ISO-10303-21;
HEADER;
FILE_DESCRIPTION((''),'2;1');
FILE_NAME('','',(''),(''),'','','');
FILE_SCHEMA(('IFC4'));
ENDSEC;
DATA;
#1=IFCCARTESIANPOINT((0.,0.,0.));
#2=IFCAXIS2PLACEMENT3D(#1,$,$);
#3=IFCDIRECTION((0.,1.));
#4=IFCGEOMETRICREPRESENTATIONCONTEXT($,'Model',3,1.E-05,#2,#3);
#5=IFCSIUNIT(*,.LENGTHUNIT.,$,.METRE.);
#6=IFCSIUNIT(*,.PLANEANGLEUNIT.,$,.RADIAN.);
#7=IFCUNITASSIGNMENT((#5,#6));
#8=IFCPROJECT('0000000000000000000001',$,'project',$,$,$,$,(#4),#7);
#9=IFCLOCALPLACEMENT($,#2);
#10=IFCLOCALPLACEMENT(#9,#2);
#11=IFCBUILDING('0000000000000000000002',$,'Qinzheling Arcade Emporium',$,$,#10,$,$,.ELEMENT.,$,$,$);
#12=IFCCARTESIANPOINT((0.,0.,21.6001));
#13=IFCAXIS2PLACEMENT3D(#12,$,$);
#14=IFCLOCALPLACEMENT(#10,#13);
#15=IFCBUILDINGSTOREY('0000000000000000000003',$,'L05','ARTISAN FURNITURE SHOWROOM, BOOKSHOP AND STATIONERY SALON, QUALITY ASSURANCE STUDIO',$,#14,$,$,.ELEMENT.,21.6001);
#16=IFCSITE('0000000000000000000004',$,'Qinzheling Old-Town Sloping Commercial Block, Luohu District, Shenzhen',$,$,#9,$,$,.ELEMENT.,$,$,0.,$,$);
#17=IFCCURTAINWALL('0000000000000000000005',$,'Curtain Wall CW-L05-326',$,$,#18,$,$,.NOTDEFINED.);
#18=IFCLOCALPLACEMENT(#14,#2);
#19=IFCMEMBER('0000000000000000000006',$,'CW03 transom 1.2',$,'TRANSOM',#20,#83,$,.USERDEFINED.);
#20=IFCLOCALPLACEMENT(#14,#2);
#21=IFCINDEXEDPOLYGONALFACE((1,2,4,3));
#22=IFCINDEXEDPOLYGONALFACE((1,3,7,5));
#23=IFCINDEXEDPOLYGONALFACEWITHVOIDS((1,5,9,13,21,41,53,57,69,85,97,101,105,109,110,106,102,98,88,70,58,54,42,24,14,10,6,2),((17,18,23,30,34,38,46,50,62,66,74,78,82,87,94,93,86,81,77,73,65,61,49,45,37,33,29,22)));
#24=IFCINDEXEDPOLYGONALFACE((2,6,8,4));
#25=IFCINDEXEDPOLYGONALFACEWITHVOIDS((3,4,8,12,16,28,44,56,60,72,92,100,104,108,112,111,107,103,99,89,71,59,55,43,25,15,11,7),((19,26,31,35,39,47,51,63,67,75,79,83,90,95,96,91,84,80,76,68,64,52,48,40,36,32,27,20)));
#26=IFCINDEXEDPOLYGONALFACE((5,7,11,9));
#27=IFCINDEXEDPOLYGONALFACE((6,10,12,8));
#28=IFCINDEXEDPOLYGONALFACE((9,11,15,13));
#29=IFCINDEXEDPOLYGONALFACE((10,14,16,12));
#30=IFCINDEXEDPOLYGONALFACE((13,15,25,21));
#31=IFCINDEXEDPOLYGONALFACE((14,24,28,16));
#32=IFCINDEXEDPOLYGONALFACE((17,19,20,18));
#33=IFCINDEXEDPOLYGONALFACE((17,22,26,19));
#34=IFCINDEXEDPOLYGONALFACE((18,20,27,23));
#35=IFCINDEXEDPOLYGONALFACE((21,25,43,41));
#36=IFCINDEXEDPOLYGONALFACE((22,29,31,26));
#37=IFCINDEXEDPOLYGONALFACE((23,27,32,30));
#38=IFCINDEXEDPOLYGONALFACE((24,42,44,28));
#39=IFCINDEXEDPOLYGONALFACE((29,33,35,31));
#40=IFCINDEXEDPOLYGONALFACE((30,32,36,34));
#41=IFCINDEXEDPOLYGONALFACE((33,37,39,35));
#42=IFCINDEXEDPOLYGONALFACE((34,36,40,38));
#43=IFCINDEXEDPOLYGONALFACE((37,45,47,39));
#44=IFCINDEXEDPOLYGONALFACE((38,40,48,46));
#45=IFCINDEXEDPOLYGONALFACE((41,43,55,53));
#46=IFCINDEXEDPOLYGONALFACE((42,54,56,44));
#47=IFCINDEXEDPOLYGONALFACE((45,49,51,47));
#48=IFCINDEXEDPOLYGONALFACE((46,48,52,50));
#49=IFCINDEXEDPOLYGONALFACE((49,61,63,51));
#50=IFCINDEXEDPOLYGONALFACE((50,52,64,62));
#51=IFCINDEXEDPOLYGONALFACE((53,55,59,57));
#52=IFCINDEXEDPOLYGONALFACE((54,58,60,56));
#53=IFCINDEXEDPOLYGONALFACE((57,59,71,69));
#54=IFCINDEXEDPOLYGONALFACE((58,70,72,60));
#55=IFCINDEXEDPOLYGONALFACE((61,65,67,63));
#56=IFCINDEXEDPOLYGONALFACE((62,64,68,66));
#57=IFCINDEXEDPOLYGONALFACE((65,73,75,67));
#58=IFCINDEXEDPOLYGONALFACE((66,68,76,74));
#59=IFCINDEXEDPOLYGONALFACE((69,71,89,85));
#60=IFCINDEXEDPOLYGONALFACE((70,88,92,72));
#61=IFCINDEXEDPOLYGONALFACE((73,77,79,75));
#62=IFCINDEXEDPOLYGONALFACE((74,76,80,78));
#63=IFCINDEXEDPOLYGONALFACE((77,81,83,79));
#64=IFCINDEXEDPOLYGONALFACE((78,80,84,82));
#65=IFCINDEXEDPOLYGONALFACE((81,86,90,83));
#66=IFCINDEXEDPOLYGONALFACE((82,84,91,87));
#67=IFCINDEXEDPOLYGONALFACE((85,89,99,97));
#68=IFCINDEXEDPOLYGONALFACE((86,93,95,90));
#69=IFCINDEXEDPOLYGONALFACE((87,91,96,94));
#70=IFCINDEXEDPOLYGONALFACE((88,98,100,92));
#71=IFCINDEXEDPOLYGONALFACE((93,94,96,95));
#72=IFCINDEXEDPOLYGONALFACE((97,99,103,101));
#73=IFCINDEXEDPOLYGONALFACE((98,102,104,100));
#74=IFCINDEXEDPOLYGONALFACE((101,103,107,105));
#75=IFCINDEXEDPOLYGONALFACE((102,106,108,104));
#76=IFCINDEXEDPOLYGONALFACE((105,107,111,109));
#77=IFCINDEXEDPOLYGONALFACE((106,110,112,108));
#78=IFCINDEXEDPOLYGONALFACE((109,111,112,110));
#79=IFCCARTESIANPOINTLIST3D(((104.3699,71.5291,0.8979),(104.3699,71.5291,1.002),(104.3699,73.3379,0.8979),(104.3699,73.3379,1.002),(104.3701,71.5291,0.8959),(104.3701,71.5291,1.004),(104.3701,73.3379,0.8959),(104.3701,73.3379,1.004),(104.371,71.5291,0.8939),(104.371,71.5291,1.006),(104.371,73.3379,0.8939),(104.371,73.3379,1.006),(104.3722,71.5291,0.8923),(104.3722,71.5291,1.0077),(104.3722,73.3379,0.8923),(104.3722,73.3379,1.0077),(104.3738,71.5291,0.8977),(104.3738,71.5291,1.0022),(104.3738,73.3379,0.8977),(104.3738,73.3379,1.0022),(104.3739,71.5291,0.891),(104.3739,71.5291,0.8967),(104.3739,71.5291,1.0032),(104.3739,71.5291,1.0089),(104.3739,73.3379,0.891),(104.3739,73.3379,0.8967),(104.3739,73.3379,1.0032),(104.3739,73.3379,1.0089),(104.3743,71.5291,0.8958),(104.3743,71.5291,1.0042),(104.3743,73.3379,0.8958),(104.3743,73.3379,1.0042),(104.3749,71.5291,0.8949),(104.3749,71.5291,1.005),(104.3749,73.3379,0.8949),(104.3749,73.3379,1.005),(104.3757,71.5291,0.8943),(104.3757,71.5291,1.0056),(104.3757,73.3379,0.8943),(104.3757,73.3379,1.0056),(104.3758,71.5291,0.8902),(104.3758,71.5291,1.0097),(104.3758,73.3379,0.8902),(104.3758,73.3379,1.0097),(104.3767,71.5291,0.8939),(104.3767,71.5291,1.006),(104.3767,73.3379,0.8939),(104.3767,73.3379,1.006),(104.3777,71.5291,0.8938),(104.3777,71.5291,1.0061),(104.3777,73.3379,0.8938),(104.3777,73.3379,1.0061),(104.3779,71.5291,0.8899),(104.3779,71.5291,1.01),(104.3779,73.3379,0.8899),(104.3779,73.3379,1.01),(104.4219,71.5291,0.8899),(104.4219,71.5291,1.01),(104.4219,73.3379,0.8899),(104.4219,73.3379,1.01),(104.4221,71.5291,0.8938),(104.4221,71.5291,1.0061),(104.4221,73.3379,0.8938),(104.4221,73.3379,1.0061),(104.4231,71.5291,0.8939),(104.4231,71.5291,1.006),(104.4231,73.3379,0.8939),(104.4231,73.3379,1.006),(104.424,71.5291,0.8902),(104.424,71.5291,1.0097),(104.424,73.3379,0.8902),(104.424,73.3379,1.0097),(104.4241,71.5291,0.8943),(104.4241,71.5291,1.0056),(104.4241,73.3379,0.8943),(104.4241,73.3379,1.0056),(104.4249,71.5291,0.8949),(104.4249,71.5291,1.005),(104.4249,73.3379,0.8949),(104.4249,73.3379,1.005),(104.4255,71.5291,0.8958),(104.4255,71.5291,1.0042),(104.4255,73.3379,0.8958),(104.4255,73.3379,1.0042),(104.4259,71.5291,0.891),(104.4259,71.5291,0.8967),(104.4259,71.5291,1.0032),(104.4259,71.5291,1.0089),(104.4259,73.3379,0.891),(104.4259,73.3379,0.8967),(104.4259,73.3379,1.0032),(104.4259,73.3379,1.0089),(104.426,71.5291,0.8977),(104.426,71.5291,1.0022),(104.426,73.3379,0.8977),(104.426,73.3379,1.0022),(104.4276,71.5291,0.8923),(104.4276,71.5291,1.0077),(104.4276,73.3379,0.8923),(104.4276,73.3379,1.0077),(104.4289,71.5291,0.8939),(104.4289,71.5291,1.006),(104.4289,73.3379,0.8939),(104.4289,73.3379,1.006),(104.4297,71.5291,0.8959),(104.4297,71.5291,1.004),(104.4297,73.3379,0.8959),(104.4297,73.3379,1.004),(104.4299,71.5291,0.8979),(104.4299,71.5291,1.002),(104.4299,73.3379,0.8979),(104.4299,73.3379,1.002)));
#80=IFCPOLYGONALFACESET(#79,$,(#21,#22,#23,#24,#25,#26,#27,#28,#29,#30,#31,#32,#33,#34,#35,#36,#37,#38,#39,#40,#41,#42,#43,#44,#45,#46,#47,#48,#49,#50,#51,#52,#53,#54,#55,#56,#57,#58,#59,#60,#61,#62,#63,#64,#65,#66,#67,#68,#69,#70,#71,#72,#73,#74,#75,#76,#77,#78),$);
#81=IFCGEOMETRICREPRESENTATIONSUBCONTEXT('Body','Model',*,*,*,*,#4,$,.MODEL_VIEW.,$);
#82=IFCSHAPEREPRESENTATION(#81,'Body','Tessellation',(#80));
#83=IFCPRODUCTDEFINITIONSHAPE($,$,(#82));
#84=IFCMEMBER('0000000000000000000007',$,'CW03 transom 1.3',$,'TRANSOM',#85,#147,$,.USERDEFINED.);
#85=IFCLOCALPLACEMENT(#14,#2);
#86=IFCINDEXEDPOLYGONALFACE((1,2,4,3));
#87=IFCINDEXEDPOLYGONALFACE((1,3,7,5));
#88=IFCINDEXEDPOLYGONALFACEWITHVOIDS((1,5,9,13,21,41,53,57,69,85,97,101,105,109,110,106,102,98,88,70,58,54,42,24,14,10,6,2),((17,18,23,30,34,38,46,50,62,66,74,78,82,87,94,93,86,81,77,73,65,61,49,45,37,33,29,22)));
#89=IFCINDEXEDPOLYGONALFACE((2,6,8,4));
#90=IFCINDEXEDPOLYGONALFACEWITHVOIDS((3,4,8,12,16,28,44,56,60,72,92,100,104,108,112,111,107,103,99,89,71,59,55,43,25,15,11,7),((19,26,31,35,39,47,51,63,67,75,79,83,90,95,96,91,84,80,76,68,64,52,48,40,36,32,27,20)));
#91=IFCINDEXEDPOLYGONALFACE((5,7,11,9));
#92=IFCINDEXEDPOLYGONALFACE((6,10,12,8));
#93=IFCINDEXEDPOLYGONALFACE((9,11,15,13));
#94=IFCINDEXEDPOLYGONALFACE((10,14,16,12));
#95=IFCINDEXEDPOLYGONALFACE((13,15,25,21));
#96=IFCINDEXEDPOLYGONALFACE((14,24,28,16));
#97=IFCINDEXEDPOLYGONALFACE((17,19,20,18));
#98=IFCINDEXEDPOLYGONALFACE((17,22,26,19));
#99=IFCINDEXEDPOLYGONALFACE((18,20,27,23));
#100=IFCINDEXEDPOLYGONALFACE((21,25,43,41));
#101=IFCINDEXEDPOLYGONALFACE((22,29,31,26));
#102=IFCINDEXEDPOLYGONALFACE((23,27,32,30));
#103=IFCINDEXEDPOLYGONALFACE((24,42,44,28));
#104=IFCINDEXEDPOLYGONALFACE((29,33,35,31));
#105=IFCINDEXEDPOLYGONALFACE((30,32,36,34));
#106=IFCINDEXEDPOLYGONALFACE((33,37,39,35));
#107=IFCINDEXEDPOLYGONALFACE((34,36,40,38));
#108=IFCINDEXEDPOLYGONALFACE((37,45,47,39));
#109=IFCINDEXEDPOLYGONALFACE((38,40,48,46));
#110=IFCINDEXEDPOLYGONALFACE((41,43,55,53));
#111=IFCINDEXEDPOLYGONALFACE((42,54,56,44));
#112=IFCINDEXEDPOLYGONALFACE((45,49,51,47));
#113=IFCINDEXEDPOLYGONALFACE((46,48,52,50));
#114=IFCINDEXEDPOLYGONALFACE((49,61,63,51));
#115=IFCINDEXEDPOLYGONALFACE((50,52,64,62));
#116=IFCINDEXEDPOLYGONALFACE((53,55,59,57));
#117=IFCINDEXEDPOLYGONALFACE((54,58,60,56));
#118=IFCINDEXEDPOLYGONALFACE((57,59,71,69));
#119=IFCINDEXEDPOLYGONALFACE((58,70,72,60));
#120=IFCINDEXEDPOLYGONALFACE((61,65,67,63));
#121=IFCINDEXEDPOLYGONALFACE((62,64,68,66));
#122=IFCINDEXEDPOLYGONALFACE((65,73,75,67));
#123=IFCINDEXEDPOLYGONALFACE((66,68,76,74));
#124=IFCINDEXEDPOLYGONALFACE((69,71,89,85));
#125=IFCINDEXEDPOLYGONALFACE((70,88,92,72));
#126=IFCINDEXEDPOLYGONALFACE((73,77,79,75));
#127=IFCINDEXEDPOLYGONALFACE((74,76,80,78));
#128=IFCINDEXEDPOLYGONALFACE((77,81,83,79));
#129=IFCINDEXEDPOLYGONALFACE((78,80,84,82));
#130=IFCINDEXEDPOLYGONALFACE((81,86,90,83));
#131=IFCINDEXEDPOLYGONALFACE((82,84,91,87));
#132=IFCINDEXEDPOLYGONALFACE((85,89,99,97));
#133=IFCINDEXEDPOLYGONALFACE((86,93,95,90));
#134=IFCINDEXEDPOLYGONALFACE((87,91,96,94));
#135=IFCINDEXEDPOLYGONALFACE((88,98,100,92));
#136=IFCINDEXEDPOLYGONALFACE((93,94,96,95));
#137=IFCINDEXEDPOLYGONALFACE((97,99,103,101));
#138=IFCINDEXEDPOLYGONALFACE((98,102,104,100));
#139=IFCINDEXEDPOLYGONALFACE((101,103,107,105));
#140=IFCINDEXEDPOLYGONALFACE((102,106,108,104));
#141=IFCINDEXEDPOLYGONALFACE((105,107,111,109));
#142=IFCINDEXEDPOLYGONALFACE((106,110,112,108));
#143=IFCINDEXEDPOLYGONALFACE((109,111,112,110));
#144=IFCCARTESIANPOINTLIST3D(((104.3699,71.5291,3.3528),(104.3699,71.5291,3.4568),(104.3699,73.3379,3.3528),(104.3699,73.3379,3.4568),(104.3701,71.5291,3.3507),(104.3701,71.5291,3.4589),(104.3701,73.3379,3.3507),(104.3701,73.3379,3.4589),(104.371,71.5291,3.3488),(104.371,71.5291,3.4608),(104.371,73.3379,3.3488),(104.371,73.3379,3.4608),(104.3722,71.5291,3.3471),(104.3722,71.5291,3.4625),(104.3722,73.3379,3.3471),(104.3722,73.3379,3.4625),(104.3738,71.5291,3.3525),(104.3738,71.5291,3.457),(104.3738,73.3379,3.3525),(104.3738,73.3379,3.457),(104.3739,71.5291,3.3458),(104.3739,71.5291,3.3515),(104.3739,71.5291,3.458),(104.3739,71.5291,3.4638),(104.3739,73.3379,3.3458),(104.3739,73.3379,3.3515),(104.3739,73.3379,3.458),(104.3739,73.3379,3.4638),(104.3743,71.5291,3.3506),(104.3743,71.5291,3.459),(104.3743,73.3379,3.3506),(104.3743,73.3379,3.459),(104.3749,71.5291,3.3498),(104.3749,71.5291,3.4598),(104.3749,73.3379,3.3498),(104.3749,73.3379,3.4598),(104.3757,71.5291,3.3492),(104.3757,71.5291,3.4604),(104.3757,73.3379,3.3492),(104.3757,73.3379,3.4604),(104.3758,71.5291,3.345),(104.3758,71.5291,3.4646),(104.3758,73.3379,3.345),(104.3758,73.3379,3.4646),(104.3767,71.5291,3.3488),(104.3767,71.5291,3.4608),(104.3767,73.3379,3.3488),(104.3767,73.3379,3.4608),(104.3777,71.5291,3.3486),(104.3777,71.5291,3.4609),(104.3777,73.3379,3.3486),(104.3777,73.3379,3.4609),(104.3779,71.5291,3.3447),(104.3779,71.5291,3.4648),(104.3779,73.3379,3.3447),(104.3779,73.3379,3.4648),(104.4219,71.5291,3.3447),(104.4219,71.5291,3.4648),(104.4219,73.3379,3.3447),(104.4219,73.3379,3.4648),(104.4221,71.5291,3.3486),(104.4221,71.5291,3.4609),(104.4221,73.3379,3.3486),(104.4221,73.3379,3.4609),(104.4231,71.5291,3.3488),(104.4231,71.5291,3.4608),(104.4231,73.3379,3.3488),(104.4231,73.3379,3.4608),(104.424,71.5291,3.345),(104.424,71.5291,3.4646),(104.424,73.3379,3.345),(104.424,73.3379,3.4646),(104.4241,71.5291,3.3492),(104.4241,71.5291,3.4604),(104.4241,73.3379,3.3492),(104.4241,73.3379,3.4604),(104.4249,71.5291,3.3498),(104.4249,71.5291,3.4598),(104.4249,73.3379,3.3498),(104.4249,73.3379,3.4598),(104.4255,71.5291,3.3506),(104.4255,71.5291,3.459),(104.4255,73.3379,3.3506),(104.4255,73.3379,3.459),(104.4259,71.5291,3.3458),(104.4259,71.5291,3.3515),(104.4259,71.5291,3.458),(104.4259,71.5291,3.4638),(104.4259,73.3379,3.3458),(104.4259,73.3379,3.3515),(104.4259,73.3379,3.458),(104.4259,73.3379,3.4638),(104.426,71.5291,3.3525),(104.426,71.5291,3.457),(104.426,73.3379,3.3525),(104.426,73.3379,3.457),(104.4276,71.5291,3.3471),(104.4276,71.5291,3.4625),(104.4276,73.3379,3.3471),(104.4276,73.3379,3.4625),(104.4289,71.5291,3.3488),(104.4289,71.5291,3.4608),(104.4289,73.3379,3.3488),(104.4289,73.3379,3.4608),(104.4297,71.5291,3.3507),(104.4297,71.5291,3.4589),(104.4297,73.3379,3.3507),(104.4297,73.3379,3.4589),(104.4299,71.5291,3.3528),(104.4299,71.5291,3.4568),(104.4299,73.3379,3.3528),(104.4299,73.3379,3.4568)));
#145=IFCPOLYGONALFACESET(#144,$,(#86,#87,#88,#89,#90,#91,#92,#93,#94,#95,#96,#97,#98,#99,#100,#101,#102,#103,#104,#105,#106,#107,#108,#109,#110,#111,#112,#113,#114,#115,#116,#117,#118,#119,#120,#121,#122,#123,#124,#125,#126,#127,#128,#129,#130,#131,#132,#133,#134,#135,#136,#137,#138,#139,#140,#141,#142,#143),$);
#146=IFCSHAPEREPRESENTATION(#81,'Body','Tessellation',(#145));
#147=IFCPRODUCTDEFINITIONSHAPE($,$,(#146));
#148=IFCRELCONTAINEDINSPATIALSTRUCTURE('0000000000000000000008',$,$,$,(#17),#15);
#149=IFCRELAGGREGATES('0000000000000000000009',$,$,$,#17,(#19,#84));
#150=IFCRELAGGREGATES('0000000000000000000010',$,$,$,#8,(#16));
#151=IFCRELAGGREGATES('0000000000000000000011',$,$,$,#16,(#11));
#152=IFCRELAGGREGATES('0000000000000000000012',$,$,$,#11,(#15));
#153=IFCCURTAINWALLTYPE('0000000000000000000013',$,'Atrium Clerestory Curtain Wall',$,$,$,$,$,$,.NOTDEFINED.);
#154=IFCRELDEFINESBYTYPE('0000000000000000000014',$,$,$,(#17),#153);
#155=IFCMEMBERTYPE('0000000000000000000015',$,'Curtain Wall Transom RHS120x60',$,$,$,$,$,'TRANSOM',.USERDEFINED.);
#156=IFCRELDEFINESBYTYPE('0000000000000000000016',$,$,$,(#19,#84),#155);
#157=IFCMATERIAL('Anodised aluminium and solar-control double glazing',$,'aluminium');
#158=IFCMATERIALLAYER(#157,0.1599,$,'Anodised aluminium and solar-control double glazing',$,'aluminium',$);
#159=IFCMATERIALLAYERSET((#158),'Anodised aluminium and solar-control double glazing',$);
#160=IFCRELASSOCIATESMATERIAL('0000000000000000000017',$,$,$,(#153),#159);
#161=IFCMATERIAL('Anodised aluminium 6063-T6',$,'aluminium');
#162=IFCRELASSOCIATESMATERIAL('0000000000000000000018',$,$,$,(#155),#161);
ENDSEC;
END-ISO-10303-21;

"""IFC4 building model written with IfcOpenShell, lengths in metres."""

from ifc_helpers import new_model, si_unit, direction, frame, origin, origin_2d, place, context, subcontext, project, spatial, hollow_rectangle, extrude, material, layer, layer_set, material_profile, profile_set, type_object, element, aggregate, save


model = new_model("IFC4")

# Units and contexts
model_context = context("Model", 3, precision=1e-05, world=origin(), true_north=direction((0.0, 1.0)))
body_context = subcontext(model_context, "Body", "Model", "MODEL_VIEW")
ifc_project = project(units=[si_unit("LENGTHUNIT", "METRE"), si_unit("PLANEANGLEUNIT", "RADIAN")], contexts=[model_context])

# Site, building, storey
site_placement = place(None, origin())
site = spatial("IfcSite", under=ifc_project, at=site_placement, Name="Qinzheling Old-Town Sloping Commercial Block, Luohu District, Shenzhen", CompositionType="ELEMENT", RefElevation=0.0)
building_placement = place(site_placement, origin())
building = spatial("IfcBuilding", under=site, at=building_placement, Name="Qinzheling Arcade Emporium", CompositionType="ELEMENT")
storey_placement = place(building_placement, frame((0.0, 0.0, 21.6001)))
storey = spatial("IfcBuildingStorey", under=building, at=storey_placement, Name="L05", Description="ARTISAN FURNITURE SHOWROOM, BOOKSHOP AND STATIONERY SALON, QUALITY ASSURANCE STUDIO", CompositionType="ELEMENT", Elevation=21.6001)

# Curtain wall, members
ifc_material_1 = material(Name="Anodised aluminium and solar-control double glazing", Category="aluminium")
ifc_layer_1 = layer(ifc_material_1, 0.1599, Name="Anodised aluminium and solar-control double glazing", Category="aluminium")
ifc_layer_set_1 = layer_set([ifc_layer_1], Name="Anodised aluminium and solar-control double glazing")
curtain_wall_type = type_object("IfcCurtainWallType", Name="Atrium Clerestory Curtain Wall", PredefinedType="NOTDEFINED", material=ifc_layer_set_1)
curtain_wall_placement = place(storey_placement, origin())
curtain_wall = element("IfcCurtainWall", 1, at=curtain_wall_placement, inside=storey, type_object=curtain_wall_type, Name="Curtain Wall CW-L05-326", PredefinedType="NOTDEFINED")
ifc_material_2 = material(Name="Anodised aluminium 6063-T6", Category="aluminium")
ifc_material_profile_1 = material_profile(ifc_material_2, hollow_rectangle(XDim=0.0601, YDim=0.1201, WallThickness=0.0039, InnerFilletRadius=0.0039, OuterFilletRadius=0.0081, at=origin_2d()), Name="RHS 120x60x4", Category="aluminium")
ifc_profile_set_1 = profile_set([ifc_material_profile_1], Name="Anodised aluminium 6063-T6")
member_type_1 = type_object("IfcMemberType", Name="Curtain Wall Transom RHS120x60", ElementType="TRANSOM", PredefinedType="USERDEFINED", material=ifc_profile_set_1)
member_1_placement = place(storey_placement, frame((104.3999, 73.3379, 0.95), z_axis=(0.0, -1.0, 0.0), x_axis=(1.0, 0.0, 0.0)))
member_1 = element("IfcMember", 2, at=member_1_placement, type_object=member_type_1, Name="CW03 transom 1.2", ObjectType="TRANSOM", PredefinedType="USERDEFINED", context=body_context, shape_type="SweptSolid", body=[
    extrude(hollow_rectangle(XDim=0.0601, YDim=0.1201, WallThickness=0.0039, InnerFilletRadius=0.0039, OuterFilletRadius=0.0081, at=origin_2d()), origin(), (0.0, 0.0, 1.0), 1.8088),
])
member_2_placement = place(storey_placement, frame((104.3999, 73.3379, 3.4048), z_axis=(0.0, -1.0, 0.0), x_axis=(1.0, 0.0, 0.0)))
member_2 = element("IfcMember", 3, at=member_2_placement, type_object=member_type_1, Name="CW03 transom 1.3", ObjectType="TRANSOM", PredefinedType="USERDEFINED", context=body_context, shape_type="SweptSolid", body=[
    extrude(hollow_rectangle(XDim=0.0601, YDim=0.1201, WallThickness=0.0039, InnerFilletRadius=0.0039, OuterFilletRadius=0.0081, at=origin_2d()), origin(), (0.0, 0.0, 1.0), 1.8088),
])
aggregate(curtain_wall, [member_1, member_2])

save(model, "model.ifc")
